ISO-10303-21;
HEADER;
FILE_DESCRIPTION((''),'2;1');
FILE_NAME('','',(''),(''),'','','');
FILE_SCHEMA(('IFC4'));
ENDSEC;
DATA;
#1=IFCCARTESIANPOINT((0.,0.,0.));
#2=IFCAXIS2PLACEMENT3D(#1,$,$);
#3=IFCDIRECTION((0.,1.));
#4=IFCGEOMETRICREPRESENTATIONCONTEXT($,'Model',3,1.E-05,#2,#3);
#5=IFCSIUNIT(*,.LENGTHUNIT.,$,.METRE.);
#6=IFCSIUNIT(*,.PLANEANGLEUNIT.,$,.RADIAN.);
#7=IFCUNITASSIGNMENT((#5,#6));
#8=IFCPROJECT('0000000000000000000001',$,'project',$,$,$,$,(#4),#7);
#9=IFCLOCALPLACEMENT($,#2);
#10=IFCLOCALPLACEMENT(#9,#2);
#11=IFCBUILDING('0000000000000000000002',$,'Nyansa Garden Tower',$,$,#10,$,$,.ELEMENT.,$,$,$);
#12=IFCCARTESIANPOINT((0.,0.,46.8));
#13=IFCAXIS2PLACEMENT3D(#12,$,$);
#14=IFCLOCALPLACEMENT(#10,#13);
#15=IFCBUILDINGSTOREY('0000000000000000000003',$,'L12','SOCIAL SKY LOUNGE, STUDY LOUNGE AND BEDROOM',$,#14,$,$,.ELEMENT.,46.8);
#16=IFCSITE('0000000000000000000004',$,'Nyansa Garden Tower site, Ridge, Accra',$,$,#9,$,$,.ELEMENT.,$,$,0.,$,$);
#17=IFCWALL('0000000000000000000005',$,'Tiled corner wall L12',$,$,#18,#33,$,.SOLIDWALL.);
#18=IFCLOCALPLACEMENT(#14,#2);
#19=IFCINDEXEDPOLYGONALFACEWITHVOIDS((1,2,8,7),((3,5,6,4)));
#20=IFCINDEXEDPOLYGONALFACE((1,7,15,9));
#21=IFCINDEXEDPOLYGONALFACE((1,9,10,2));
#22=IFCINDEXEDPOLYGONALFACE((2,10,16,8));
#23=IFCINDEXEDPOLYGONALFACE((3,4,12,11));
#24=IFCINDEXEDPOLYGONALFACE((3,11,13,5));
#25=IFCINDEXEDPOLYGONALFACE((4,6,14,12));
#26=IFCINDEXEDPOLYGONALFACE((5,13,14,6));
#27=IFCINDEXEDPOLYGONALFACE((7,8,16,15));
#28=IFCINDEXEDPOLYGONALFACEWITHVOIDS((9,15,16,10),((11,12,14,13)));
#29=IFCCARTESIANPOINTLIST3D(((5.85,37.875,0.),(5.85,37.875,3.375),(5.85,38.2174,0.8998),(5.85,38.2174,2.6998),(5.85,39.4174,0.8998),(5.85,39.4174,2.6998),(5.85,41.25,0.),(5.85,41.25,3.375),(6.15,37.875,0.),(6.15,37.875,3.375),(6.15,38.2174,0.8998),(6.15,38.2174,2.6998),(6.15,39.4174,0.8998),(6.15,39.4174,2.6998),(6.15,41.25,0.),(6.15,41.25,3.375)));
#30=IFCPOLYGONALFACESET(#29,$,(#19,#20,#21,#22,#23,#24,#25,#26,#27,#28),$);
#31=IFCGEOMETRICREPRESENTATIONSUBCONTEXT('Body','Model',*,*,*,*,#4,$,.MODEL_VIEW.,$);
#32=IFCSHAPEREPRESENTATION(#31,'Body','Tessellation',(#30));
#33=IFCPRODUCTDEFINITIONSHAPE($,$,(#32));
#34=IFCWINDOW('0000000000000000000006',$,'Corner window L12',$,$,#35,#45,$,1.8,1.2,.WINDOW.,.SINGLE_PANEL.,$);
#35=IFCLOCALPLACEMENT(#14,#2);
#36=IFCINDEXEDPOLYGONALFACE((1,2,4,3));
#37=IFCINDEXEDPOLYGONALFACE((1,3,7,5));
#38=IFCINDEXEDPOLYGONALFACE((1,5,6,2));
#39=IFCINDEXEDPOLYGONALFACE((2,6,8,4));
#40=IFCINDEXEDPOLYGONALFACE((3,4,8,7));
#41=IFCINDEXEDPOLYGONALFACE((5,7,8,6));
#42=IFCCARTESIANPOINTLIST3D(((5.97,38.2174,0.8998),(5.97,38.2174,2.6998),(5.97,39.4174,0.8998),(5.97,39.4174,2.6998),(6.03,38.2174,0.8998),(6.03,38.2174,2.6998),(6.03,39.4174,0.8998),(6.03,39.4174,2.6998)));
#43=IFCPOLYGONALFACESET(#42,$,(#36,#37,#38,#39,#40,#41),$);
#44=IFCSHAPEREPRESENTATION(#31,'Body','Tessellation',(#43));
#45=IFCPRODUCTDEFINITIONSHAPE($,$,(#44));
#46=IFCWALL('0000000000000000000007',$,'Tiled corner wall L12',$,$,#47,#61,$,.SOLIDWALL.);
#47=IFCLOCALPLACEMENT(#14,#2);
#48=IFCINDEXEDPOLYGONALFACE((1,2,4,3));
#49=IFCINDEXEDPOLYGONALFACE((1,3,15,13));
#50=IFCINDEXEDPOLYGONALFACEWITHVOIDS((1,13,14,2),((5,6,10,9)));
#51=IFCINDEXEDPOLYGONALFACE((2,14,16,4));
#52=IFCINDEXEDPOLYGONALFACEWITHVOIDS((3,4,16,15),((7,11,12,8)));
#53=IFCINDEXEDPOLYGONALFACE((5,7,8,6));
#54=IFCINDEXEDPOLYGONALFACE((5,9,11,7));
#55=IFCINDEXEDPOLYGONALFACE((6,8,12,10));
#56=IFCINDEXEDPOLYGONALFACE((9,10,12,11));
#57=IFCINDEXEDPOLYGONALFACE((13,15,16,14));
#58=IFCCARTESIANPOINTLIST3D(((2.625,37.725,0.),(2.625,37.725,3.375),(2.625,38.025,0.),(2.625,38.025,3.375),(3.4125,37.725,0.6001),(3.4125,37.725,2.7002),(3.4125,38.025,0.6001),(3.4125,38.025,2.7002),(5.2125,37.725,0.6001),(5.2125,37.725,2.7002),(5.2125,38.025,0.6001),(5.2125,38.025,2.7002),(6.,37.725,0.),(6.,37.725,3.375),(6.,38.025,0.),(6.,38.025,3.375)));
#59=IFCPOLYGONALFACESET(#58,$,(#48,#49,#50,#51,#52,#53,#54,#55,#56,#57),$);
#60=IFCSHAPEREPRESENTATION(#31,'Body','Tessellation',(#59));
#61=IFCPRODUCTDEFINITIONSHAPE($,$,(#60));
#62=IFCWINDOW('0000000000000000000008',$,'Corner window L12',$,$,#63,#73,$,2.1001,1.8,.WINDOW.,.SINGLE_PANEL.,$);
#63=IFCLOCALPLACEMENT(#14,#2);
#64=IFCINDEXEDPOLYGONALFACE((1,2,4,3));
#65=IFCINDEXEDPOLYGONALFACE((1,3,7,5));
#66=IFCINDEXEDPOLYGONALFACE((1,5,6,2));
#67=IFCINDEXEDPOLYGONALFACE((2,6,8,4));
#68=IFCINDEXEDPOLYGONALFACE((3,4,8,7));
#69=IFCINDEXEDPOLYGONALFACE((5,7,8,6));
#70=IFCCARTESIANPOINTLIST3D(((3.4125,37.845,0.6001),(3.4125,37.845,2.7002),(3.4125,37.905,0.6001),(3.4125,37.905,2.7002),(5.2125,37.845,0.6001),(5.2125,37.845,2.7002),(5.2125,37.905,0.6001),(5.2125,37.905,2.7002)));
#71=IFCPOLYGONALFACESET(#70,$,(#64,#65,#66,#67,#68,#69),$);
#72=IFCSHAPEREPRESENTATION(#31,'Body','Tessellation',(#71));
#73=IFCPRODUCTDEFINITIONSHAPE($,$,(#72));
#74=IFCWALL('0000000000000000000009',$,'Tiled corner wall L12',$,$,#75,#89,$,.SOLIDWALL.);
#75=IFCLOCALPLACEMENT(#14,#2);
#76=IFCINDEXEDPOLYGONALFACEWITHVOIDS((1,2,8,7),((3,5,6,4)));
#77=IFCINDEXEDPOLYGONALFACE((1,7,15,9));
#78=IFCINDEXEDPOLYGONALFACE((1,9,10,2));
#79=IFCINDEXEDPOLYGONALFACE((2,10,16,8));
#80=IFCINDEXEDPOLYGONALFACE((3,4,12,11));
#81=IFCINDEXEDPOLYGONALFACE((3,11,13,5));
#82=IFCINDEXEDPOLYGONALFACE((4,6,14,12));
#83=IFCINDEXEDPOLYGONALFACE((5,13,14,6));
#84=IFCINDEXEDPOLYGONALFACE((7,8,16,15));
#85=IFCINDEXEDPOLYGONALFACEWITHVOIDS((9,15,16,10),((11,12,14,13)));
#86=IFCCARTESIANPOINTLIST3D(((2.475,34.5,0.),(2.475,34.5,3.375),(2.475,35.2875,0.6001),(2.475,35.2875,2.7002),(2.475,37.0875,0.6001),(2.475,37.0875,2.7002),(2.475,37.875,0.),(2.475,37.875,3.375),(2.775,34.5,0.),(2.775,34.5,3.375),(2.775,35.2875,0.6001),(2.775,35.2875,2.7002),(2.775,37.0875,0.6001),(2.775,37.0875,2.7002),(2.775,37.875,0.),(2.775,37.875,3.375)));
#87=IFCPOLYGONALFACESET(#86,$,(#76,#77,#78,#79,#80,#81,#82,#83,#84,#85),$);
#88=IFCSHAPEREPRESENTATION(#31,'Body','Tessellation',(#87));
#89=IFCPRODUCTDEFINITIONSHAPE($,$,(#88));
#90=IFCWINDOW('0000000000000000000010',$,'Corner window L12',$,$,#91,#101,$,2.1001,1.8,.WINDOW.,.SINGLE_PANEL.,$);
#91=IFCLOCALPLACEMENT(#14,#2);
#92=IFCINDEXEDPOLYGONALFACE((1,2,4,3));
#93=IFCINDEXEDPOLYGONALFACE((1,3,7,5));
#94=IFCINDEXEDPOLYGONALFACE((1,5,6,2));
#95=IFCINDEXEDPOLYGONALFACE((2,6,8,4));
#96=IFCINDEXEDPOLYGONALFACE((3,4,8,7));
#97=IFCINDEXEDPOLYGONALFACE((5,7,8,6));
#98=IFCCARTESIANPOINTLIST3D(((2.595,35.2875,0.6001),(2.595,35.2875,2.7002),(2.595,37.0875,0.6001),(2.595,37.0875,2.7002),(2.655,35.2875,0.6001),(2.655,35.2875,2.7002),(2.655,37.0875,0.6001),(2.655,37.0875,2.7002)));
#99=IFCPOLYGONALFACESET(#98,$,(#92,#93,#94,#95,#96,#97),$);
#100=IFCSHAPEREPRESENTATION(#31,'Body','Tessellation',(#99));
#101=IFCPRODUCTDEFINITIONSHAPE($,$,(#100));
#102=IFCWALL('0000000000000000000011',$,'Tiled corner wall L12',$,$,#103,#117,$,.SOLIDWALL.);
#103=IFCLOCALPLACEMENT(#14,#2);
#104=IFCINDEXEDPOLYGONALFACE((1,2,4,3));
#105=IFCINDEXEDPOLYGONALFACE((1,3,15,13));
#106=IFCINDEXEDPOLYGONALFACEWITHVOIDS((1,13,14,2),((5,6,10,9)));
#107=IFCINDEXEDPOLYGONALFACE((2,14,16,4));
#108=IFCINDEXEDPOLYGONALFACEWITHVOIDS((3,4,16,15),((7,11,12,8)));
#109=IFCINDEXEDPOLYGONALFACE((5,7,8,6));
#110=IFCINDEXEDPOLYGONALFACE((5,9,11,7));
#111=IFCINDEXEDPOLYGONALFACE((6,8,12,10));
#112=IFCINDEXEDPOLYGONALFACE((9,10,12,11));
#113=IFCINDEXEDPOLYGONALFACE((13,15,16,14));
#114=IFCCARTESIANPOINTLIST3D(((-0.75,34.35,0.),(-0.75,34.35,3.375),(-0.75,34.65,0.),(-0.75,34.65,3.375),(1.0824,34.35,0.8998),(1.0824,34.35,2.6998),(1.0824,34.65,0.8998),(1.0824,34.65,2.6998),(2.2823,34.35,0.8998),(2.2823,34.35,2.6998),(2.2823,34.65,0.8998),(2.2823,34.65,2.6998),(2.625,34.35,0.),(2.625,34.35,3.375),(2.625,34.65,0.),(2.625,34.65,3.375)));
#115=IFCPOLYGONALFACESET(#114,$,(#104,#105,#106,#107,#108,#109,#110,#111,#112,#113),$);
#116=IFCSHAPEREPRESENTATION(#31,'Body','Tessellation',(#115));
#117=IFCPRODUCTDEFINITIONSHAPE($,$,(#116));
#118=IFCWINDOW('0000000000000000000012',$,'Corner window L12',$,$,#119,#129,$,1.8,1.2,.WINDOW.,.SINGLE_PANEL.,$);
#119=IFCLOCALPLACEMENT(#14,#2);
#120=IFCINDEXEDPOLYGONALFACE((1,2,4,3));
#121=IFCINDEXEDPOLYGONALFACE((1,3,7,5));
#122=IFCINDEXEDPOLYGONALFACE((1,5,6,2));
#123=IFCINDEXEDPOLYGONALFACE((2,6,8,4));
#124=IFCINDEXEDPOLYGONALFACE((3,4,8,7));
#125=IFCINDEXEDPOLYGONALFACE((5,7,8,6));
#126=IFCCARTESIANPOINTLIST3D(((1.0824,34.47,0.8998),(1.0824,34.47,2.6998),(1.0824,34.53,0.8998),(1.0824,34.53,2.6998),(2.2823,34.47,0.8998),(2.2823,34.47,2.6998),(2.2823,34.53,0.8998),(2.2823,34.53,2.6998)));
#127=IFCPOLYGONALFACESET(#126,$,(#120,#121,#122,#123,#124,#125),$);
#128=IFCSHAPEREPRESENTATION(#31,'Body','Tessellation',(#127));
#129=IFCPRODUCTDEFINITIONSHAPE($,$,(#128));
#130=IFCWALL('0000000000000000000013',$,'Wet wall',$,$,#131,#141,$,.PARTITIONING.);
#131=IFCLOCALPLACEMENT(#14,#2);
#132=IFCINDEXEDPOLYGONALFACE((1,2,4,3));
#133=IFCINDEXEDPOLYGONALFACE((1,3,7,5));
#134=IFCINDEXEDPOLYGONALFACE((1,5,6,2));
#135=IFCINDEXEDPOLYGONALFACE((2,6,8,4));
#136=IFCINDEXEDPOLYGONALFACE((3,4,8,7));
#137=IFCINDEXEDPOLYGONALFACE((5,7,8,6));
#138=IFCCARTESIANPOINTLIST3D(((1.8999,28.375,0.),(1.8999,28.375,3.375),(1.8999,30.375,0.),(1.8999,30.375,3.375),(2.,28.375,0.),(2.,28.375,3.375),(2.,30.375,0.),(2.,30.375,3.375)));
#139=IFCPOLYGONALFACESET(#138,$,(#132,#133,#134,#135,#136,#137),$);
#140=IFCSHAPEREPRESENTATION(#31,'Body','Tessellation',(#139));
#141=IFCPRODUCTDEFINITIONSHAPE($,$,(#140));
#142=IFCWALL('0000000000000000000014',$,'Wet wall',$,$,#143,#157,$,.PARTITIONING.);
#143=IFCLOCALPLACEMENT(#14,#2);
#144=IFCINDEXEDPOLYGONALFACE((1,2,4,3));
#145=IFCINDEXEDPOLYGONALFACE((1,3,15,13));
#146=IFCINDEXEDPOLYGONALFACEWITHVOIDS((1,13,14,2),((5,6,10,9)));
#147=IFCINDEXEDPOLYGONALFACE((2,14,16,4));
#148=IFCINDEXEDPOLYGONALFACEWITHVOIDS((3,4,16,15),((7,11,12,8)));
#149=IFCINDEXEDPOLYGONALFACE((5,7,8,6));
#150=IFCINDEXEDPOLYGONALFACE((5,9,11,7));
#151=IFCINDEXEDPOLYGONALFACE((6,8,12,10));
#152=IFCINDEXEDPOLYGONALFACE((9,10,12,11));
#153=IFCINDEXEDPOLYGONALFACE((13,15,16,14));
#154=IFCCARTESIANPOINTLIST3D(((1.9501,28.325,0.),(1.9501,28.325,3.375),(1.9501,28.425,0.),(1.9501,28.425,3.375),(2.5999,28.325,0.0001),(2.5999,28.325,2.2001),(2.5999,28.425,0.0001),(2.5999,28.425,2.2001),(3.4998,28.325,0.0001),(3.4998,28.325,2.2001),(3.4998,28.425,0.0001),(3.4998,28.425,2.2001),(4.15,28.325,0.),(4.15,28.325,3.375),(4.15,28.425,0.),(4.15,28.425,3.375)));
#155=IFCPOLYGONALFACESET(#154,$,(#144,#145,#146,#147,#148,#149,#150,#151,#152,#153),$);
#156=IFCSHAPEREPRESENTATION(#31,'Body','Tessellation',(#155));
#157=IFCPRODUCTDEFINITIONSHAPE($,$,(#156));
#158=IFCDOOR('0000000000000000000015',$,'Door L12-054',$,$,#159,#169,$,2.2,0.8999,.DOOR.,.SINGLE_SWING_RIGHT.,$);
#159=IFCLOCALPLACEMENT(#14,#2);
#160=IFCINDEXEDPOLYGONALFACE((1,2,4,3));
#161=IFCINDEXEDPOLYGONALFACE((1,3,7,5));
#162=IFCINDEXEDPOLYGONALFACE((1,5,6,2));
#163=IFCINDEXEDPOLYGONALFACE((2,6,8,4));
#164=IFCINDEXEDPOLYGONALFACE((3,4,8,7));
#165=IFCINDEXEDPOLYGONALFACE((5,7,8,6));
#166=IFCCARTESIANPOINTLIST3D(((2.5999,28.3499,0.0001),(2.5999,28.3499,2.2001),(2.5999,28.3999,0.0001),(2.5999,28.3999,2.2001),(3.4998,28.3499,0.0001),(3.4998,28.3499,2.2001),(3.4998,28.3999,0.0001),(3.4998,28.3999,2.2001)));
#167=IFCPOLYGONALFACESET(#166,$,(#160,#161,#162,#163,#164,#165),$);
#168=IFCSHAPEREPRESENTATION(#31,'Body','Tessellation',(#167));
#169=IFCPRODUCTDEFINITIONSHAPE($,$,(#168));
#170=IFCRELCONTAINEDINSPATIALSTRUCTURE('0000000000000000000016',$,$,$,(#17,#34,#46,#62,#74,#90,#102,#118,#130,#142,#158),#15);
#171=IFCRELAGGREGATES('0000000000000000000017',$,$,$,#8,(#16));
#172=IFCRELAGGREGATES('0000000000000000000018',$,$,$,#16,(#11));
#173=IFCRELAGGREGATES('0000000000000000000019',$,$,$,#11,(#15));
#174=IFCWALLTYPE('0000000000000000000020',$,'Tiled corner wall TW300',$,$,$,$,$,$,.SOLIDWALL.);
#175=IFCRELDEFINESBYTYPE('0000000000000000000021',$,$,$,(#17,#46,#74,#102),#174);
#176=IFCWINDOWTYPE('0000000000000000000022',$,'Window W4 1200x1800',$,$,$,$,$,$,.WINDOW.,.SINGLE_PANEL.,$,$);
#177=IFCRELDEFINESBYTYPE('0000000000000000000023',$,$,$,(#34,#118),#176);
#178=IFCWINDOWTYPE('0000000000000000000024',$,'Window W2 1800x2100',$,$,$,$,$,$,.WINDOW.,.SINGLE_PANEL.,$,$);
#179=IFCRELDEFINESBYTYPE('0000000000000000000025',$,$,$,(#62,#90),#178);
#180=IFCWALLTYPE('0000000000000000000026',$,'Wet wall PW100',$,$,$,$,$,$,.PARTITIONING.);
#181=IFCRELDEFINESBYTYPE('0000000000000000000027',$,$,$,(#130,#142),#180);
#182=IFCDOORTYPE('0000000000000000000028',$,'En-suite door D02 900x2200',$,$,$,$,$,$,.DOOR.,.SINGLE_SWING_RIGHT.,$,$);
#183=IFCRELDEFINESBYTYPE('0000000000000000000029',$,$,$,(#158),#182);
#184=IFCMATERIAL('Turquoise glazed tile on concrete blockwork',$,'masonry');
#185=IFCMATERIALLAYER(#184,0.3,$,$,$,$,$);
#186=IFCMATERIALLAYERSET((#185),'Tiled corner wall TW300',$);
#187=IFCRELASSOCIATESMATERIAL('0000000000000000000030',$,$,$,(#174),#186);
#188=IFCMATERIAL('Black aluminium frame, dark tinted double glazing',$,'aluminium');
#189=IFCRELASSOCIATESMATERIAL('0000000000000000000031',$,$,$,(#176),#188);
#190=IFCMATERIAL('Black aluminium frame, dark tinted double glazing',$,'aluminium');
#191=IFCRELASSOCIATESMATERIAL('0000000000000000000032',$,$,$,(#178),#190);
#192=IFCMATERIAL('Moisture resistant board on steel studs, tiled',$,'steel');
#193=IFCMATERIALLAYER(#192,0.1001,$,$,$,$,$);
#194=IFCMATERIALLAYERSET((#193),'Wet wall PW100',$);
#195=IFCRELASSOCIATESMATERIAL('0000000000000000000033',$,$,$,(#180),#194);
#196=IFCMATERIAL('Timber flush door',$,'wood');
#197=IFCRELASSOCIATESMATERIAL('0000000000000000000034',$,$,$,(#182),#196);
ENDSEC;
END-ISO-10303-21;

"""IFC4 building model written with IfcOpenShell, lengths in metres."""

from ifc_helpers import new_model, si_unit, direction, frame, frame_2d, origin, place, context, subcontext, project, spatial, rectangle, extrude, material, layer, layer_set, type_object, element, fill, save


model = new_model("IFC4")

# Units and contexts
model_context = context("Model", 3, precision=1e-05, world=origin(), true_north=direction((0.0, 1.0)))
body_context = subcontext(model_context, "Body", "Model", "MODEL_VIEW")
ifc_project = project(units=[si_unit("LENGTHUNIT", "METRE"), si_unit("PLANEANGLEUNIT", "RADIAN")], contexts=[model_context])

# Site, building, storey
site_placement = place(None, origin())
site = spatial("IfcSite", under=ifc_project, at=site_placement, Name="Nyansa Garden Tower site, Ridge, Accra", CompositionType="ELEMENT", RefElevation=0.0)
building_placement = place(site_placement, origin())
building = spatial("IfcBuilding", under=site, at=building_placement, Name="Nyansa Garden Tower", CompositionType="ELEMENT")
storey_placement = place(building_placement, frame((0.0, 0.0, 46.8)))
storey = spatial("IfcBuildingStorey", under=building, at=storey_placement, Name="L12", Description="SOCIAL SKY LOUNGE, STUDY LOUNGE AND BEDROOM", CompositionType="ELEMENT", Elevation=46.8)

# Walls, openings, windows
ifc_material_1 = material(Name="Turquoise glazed tile on concrete blockwork", Category="masonry")
ifc_layer_1 = layer(ifc_material_1, 0.3)
ifc_layer_set_1 = layer_set([ifc_layer_1], Name="Tiled corner wall TW300")
wall_type_1 = type_object("IfcWallType", Name="Tiled corner wall TW300", PredefinedType="SOLIDWALL", material=ifc_layer_set_1)
wall_1_placement = place(storey_placement, frame((6.0, 41.25, 0.0), z_axis=(0.0, 0.0, 1.0), x_axis=(0.0, -1.0, 0.0)))
wall_1 = element("IfcWall", 1, at=wall_1_placement, inside=storey, type_object=wall_type_1, Name="Tiled corner wall L12", PredefinedType="SOLIDWALL", context=body_context, shape_type="SweptSolid", body=[
    extrude(rectangle(XDim=3.375, YDim=0.3, at=frame_2d((1.6875, 0.0))), origin(), (0.0, 0.0, 1.0), 3.375),
])
opening_1_placement = place(wall_1_placement, frame((1.8325, 0.0, 0.8999)))
opening_1 = element("IfcOpeningElement", 2, at=opening_1_placement, cuts=wall_1, PredefinedType="OPENING", context=body_context, shape_type="SweptSolid", body=[
    extrude(rectangle(XDim=1.2, YDim=1.8, at=frame_2d((0.6001, 0.8999))), frame((0.0, 0.1599, 0.0), z_axis=(0.0, -1.0, 0.0), x_axis=(1.0, 0.0, 0.0)), (0.0, 0.0, 1.0), 0.3201),
])
ifc_material_2 = material(Name="Black aluminium frame, dark tinted double glazing", Category="aluminium")
window_type_1 = type_object("IfcWindowType", Name="Window W4 1200x1800", PartitioningType="SINGLE_PANEL", PredefinedType="WINDOW", material=ifc_material_2)
window_1_placement = place(opening_1_placement, origin())
window_1 = element("IfcWindow", 3, at=window_1_placement, inside=storey, type_object=window_type_1, Name="Corner window L12", OverallHeight=1.8, OverallWidth=1.2, PartitioningType="SINGLE_PANEL", PredefinedType="WINDOW", context=body_context, shape_type="SweptSolid", body=[
    extrude(rectangle(XDim=1.2, YDim=1.8, at=frame_2d((0.6001, 0.8999))), frame((0.0, 0.03, 0.0), z_axis=(0.0, -1.0, 0.0), x_axis=(1.0, 0.0, 0.0)), (0.0, 0.0, 1.0), 0.0601),
])
fill(opening_1, window_1)
wall_2_placement = place(storey_placement, frame((6.0, 37.875, 0.0), z_axis=(0.0, 0.0, 1.0), x_axis=(-1.0, 0.0, 0.0)))
wall_2 = element("IfcWall", 4, at=wall_2_placement, inside=storey, type_object=wall_type_1, Name="Tiled corner wall L12", PredefinedType="SOLIDWALL", context=body_context, shape_type="SweptSolid", body=[
    extrude(rectangle(XDim=3.375, YDim=0.3, at=frame_2d((1.6875, 0.0))), origin(), (0.0, 0.0, 1.0), 3.375),
])
opening_2_placement = place(wall_2_placement, frame((0.7876, 0.0, 0.6001)))
opening_2 = element("IfcOpeningElement", 5, at=opening_2_placement, cuts=wall_2, PredefinedType="OPENING", context=body_context, shape_type="SweptSolid", body=[
    extrude(rectangle(XDim=1.8, YDim=2.1001, at=frame_2d((0.8999, 1.05))), frame((0.0, 0.1599, 0.0), z_axis=(0.0, -1.0, 0.0), x_axis=(1.0, 0.0, 0.0)), (0.0, 0.0, 1.0), 0.3201),
])
ifc_material_3 = material(Name="Black aluminium frame, dark tinted double glazing", Category="aluminium")
window_type_2 = type_object("IfcWindowType", Name="Window W2 1800x2100", PartitioningType="SINGLE_PANEL", PredefinedType="WINDOW", material=ifc_material_3)
window_2_placement = place(opening_2_placement, origin())
window_2 = element("IfcWindow", 6, at=window_2_placement, inside=storey, type_object=window_type_2, Name="Corner window L12", OverallHeight=2.1001, OverallWidth=1.8, PartitioningType="SINGLE_PANEL", PredefinedType="WINDOW", context=body_context, shape_type="SweptSolid", body=[
    extrude(rectangle(XDim=1.8, YDim=2.1001, at=frame_2d((0.8999, 1.05))), frame((0.0, 0.03, 0.0), z_axis=(0.0, -1.0, 0.0), x_axis=(1.0, 0.0, 0.0)), (0.0, 0.0, 1.0), 0.0601),
])
fill(opening_2, window_2)
wall_3_placement = place(storey_placement, frame((2.625, 37.875, 0.0), z_axis=(0.0, 0.0, 1.0), x_axis=(0.0, -1.0, 0.0)))
wall_3 = element("IfcWall", 7, at=wall_3_placement, inside=storey, type_object=wall_type_1, Name="Tiled corner wall L12", PredefinedType="SOLIDWALL", context=body_context, shape_type="SweptSolid", body=[
    extrude(rectangle(XDim=3.375, YDim=0.3, at=frame_2d((1.6875, 0.0))), origin(), (0.0, 0.0, 1.0), 3.375),
])
opening_3_placement = place(wall_3_placement, frame((0.7876, 0.0, 0.6001)))
opening_3 = element("IfcOpeningElement", 8, at=opening_3_placement, cuts=wall_3, PredefinedType="OPENING", context=body_context, shape_type="SweptSolid", body=[
    extrude(rectangle(XDim=1.8, YDim=2.1001, at=frame_2d((0.8999, 1.05))), frame((0.0, 0.1599, 0.0), z_axis=(0.0, -1.0, 0.0), x_axis=(1.0, 0.0, 0.0)), (0.0, 0.0, 1.0), 0.3201),
])
window_3_placement = place(opening_3_placement, origin())
window_3 = element("IfcWindow", 9, at=window_3_placement, inside=storey, type_object=window_type_2, Name="Corner window L12", OverallHeight=2.1001, OverallWidth=1.8, PartitioningType="SINGLE_PANEL", PredefinedType="WINDOW", context=body_context, shape_type="SweptSolid", body=[
    extrude(rectangle(XDim=1.8, YDim=2.1001, at=frame_2d((0.8999, 1.05))), frame((0.0, 0.03, 0.0), z_axis=(0.0, -1.0, 0.0), x_axis=(1.0, 0.0, 0.0)), (0.0, 0.0, 1.0), 0.0601),
])
fill(opening_3, window_3)
wall_4_placement = place(storey_placement, frame((2.625, 34.5, 0.0), z_axis=(0.0, 0.0, 1.0), x_axis=(-1.0, 0.0, 0.0)))
wall_4 = element("IfcWall", 10, at=wall_4_placement, inside=storey, type_object=wall_type_1, Name="Tiled corner wall L12", PredefinedType="SOLIDWALL", context=body_context, shape_type="SweptSolid", body=[
    extrude(rectangle(XDim=3.375, YDim=0.3, at=frame_2d((1.6875, 0.0))), origin(), (0.0, 0.0, 1.0), 3.375),
])
opening_4_placement = place(wall_4_placement, frame((0.3425, 0.0, 0.8999)))
opening_4 = element("IfcOpeningElement", 11, at=opening_4_placement, cuts=wall_4, PredefinedType="OPENING", context=body_context, shape_type="SweptSolid", body=[
    extrude(rectangle(XDim=1.2, YDim=1.8, at=frame_2d((0.6001, 0.8999))), frame((0.0, 0.1599, 0.0), z_axis=(0.0, -1.0, 0.0), x_axis=(1.0, 0.0, 0.0)), (0.0, 0.0, 1.0), 0.3201),
])
window_4_placement = place(opening_4_placement, origin())
window_4 = element("IfcWindow", 12, at=window_4_placement, inside=storey, type_object=window_type_1, Name="Corner window L12", OverallHeight=1.8, OverallWidth=1.2, PartitioningType="SINGLE_PANEL", PredefinedType="WINDOW", context=body_context, shape_type="SweptSolid", body=[
    extrude(rectangle(XDim=1.2, YDim=1.8, at=frame_2d((0.6001, 0.8999))), frame((0.0, 0.03, 0.0), z_axis=(0.0, -1.0, 0.0), x_axis=(1.0, 0.0, 0.0)), (0.0, 0.0, 1.0), 0.0601),
])
fill(opening_4, window_4)

# Wall
ifc_material_4 = material(Name="Moisture resistant board on steel studs, tiled", Category="steel")
ifc_layer_2 = layer(ifc_material_4, 0.1001)
ifc_layer_set_2 = layer_set([ifc_layer_2], Name="Wet wall PW100")
wall_type_2 = type_object("IfcWallType", Name="Wet wall PW100", PredefinedType="PARTITIONING", material=ifc_layer_set_2)
wall_5_placement = place(storey_placement, frame((1.95, 28.375, 0.0), z_axis=(0.0, 0.0, 1.0), x_axis=(0.0, 1.0, 0.0)))
element("IfcWall", 13, at=wall_5_placement, inside=storey, type_object=wall_type_2, Name="Wet wall", PredefinedType="PARTITIONING", context=body_context, shape_type="SweptSolid", body=[
    extrude(rectangle(XDim=2.0, YDim=0.1001, at=frame_2d((1.0, 0.0))), origin(), (0.0, 0.0, 1.0), 3.375),
])

# Wall, opening, door
wall_6_placement = place(storey_placement, frame((1.95, 28.375, 0.0), z_axis=(0.0, 0.0, 1.0), x_axis=(1.0, 0.0, 0.0)))
wall_6 = element("IfcWall", 14, at=wall_6_placement, inside=storey, type_object=wall_type_2, Name="Wet wall", PredefinedType="PARTITIONING", context=body_context, shape_type="SweptSolid", body=[
    extrude(rectangle(XDim=2.2, YDim=0.1001, at=frame_2d((1.1001, 0.0))), origin(), (0.0, 0.0, 1.0), 3.375),
])
opening_5_placement = place(wall_6_placement, frame((0.6499, 0.0, 0.0)))
opening_5 = element("IfcOpeningElement", 15, at=opening_5_placement, cuts=wall_6, PredefinedType="OPENING", context=body_context, shape_type="SweptSolid", body=[
    extrude(rectangle(XDim=0.8999, YDim=2.2, at=frame_2d((0.45, 1.1001))), frame((0.0, 0.0601, 0.0), z_axis=(0.0, -1.0, 0.0), x_axis=(1.0, 0.0, 0.0)), (0.0, 0.0, 1.0), 0.1201),
])
ifc_material_5 = material(Name="Timber flush door", Category="wood")
door_type_1 = type_object("IfcDoorType", Name="En-suite door D02 900x2200", OperationType="SINGLE_SWING_RIGHT", PredefinedType="DOOR", material=ifc_material_5)
door_1_placement = place(opening_5_placement, origin())
door_1 = element("IfcDoor", 16, at=door_1_placement, inside=storey, type_object=door_type_1, Name="Door L12-054", OperationType="SINGLE_SWING_RIGHT", OverallHeight=2.2, OverallWidth=0.8999, PredefinedType="DOOR", context=body_context, shape_type="SweptSolid", body=[
    extrude(rectangle(XDim=0.8999, YDim=2.2, at=frame_2d((0.45, 1.1001))), frame((0.0, 0.0249, 0.0), z_axis=(0.0, -1.0, 0.0), x_axis=(1.0, 0.0, 0.0)), (0.0, 0.0, 1.0), 0.05),
])
fill(opening_5, door_1)

save(model, "model.ifc")
